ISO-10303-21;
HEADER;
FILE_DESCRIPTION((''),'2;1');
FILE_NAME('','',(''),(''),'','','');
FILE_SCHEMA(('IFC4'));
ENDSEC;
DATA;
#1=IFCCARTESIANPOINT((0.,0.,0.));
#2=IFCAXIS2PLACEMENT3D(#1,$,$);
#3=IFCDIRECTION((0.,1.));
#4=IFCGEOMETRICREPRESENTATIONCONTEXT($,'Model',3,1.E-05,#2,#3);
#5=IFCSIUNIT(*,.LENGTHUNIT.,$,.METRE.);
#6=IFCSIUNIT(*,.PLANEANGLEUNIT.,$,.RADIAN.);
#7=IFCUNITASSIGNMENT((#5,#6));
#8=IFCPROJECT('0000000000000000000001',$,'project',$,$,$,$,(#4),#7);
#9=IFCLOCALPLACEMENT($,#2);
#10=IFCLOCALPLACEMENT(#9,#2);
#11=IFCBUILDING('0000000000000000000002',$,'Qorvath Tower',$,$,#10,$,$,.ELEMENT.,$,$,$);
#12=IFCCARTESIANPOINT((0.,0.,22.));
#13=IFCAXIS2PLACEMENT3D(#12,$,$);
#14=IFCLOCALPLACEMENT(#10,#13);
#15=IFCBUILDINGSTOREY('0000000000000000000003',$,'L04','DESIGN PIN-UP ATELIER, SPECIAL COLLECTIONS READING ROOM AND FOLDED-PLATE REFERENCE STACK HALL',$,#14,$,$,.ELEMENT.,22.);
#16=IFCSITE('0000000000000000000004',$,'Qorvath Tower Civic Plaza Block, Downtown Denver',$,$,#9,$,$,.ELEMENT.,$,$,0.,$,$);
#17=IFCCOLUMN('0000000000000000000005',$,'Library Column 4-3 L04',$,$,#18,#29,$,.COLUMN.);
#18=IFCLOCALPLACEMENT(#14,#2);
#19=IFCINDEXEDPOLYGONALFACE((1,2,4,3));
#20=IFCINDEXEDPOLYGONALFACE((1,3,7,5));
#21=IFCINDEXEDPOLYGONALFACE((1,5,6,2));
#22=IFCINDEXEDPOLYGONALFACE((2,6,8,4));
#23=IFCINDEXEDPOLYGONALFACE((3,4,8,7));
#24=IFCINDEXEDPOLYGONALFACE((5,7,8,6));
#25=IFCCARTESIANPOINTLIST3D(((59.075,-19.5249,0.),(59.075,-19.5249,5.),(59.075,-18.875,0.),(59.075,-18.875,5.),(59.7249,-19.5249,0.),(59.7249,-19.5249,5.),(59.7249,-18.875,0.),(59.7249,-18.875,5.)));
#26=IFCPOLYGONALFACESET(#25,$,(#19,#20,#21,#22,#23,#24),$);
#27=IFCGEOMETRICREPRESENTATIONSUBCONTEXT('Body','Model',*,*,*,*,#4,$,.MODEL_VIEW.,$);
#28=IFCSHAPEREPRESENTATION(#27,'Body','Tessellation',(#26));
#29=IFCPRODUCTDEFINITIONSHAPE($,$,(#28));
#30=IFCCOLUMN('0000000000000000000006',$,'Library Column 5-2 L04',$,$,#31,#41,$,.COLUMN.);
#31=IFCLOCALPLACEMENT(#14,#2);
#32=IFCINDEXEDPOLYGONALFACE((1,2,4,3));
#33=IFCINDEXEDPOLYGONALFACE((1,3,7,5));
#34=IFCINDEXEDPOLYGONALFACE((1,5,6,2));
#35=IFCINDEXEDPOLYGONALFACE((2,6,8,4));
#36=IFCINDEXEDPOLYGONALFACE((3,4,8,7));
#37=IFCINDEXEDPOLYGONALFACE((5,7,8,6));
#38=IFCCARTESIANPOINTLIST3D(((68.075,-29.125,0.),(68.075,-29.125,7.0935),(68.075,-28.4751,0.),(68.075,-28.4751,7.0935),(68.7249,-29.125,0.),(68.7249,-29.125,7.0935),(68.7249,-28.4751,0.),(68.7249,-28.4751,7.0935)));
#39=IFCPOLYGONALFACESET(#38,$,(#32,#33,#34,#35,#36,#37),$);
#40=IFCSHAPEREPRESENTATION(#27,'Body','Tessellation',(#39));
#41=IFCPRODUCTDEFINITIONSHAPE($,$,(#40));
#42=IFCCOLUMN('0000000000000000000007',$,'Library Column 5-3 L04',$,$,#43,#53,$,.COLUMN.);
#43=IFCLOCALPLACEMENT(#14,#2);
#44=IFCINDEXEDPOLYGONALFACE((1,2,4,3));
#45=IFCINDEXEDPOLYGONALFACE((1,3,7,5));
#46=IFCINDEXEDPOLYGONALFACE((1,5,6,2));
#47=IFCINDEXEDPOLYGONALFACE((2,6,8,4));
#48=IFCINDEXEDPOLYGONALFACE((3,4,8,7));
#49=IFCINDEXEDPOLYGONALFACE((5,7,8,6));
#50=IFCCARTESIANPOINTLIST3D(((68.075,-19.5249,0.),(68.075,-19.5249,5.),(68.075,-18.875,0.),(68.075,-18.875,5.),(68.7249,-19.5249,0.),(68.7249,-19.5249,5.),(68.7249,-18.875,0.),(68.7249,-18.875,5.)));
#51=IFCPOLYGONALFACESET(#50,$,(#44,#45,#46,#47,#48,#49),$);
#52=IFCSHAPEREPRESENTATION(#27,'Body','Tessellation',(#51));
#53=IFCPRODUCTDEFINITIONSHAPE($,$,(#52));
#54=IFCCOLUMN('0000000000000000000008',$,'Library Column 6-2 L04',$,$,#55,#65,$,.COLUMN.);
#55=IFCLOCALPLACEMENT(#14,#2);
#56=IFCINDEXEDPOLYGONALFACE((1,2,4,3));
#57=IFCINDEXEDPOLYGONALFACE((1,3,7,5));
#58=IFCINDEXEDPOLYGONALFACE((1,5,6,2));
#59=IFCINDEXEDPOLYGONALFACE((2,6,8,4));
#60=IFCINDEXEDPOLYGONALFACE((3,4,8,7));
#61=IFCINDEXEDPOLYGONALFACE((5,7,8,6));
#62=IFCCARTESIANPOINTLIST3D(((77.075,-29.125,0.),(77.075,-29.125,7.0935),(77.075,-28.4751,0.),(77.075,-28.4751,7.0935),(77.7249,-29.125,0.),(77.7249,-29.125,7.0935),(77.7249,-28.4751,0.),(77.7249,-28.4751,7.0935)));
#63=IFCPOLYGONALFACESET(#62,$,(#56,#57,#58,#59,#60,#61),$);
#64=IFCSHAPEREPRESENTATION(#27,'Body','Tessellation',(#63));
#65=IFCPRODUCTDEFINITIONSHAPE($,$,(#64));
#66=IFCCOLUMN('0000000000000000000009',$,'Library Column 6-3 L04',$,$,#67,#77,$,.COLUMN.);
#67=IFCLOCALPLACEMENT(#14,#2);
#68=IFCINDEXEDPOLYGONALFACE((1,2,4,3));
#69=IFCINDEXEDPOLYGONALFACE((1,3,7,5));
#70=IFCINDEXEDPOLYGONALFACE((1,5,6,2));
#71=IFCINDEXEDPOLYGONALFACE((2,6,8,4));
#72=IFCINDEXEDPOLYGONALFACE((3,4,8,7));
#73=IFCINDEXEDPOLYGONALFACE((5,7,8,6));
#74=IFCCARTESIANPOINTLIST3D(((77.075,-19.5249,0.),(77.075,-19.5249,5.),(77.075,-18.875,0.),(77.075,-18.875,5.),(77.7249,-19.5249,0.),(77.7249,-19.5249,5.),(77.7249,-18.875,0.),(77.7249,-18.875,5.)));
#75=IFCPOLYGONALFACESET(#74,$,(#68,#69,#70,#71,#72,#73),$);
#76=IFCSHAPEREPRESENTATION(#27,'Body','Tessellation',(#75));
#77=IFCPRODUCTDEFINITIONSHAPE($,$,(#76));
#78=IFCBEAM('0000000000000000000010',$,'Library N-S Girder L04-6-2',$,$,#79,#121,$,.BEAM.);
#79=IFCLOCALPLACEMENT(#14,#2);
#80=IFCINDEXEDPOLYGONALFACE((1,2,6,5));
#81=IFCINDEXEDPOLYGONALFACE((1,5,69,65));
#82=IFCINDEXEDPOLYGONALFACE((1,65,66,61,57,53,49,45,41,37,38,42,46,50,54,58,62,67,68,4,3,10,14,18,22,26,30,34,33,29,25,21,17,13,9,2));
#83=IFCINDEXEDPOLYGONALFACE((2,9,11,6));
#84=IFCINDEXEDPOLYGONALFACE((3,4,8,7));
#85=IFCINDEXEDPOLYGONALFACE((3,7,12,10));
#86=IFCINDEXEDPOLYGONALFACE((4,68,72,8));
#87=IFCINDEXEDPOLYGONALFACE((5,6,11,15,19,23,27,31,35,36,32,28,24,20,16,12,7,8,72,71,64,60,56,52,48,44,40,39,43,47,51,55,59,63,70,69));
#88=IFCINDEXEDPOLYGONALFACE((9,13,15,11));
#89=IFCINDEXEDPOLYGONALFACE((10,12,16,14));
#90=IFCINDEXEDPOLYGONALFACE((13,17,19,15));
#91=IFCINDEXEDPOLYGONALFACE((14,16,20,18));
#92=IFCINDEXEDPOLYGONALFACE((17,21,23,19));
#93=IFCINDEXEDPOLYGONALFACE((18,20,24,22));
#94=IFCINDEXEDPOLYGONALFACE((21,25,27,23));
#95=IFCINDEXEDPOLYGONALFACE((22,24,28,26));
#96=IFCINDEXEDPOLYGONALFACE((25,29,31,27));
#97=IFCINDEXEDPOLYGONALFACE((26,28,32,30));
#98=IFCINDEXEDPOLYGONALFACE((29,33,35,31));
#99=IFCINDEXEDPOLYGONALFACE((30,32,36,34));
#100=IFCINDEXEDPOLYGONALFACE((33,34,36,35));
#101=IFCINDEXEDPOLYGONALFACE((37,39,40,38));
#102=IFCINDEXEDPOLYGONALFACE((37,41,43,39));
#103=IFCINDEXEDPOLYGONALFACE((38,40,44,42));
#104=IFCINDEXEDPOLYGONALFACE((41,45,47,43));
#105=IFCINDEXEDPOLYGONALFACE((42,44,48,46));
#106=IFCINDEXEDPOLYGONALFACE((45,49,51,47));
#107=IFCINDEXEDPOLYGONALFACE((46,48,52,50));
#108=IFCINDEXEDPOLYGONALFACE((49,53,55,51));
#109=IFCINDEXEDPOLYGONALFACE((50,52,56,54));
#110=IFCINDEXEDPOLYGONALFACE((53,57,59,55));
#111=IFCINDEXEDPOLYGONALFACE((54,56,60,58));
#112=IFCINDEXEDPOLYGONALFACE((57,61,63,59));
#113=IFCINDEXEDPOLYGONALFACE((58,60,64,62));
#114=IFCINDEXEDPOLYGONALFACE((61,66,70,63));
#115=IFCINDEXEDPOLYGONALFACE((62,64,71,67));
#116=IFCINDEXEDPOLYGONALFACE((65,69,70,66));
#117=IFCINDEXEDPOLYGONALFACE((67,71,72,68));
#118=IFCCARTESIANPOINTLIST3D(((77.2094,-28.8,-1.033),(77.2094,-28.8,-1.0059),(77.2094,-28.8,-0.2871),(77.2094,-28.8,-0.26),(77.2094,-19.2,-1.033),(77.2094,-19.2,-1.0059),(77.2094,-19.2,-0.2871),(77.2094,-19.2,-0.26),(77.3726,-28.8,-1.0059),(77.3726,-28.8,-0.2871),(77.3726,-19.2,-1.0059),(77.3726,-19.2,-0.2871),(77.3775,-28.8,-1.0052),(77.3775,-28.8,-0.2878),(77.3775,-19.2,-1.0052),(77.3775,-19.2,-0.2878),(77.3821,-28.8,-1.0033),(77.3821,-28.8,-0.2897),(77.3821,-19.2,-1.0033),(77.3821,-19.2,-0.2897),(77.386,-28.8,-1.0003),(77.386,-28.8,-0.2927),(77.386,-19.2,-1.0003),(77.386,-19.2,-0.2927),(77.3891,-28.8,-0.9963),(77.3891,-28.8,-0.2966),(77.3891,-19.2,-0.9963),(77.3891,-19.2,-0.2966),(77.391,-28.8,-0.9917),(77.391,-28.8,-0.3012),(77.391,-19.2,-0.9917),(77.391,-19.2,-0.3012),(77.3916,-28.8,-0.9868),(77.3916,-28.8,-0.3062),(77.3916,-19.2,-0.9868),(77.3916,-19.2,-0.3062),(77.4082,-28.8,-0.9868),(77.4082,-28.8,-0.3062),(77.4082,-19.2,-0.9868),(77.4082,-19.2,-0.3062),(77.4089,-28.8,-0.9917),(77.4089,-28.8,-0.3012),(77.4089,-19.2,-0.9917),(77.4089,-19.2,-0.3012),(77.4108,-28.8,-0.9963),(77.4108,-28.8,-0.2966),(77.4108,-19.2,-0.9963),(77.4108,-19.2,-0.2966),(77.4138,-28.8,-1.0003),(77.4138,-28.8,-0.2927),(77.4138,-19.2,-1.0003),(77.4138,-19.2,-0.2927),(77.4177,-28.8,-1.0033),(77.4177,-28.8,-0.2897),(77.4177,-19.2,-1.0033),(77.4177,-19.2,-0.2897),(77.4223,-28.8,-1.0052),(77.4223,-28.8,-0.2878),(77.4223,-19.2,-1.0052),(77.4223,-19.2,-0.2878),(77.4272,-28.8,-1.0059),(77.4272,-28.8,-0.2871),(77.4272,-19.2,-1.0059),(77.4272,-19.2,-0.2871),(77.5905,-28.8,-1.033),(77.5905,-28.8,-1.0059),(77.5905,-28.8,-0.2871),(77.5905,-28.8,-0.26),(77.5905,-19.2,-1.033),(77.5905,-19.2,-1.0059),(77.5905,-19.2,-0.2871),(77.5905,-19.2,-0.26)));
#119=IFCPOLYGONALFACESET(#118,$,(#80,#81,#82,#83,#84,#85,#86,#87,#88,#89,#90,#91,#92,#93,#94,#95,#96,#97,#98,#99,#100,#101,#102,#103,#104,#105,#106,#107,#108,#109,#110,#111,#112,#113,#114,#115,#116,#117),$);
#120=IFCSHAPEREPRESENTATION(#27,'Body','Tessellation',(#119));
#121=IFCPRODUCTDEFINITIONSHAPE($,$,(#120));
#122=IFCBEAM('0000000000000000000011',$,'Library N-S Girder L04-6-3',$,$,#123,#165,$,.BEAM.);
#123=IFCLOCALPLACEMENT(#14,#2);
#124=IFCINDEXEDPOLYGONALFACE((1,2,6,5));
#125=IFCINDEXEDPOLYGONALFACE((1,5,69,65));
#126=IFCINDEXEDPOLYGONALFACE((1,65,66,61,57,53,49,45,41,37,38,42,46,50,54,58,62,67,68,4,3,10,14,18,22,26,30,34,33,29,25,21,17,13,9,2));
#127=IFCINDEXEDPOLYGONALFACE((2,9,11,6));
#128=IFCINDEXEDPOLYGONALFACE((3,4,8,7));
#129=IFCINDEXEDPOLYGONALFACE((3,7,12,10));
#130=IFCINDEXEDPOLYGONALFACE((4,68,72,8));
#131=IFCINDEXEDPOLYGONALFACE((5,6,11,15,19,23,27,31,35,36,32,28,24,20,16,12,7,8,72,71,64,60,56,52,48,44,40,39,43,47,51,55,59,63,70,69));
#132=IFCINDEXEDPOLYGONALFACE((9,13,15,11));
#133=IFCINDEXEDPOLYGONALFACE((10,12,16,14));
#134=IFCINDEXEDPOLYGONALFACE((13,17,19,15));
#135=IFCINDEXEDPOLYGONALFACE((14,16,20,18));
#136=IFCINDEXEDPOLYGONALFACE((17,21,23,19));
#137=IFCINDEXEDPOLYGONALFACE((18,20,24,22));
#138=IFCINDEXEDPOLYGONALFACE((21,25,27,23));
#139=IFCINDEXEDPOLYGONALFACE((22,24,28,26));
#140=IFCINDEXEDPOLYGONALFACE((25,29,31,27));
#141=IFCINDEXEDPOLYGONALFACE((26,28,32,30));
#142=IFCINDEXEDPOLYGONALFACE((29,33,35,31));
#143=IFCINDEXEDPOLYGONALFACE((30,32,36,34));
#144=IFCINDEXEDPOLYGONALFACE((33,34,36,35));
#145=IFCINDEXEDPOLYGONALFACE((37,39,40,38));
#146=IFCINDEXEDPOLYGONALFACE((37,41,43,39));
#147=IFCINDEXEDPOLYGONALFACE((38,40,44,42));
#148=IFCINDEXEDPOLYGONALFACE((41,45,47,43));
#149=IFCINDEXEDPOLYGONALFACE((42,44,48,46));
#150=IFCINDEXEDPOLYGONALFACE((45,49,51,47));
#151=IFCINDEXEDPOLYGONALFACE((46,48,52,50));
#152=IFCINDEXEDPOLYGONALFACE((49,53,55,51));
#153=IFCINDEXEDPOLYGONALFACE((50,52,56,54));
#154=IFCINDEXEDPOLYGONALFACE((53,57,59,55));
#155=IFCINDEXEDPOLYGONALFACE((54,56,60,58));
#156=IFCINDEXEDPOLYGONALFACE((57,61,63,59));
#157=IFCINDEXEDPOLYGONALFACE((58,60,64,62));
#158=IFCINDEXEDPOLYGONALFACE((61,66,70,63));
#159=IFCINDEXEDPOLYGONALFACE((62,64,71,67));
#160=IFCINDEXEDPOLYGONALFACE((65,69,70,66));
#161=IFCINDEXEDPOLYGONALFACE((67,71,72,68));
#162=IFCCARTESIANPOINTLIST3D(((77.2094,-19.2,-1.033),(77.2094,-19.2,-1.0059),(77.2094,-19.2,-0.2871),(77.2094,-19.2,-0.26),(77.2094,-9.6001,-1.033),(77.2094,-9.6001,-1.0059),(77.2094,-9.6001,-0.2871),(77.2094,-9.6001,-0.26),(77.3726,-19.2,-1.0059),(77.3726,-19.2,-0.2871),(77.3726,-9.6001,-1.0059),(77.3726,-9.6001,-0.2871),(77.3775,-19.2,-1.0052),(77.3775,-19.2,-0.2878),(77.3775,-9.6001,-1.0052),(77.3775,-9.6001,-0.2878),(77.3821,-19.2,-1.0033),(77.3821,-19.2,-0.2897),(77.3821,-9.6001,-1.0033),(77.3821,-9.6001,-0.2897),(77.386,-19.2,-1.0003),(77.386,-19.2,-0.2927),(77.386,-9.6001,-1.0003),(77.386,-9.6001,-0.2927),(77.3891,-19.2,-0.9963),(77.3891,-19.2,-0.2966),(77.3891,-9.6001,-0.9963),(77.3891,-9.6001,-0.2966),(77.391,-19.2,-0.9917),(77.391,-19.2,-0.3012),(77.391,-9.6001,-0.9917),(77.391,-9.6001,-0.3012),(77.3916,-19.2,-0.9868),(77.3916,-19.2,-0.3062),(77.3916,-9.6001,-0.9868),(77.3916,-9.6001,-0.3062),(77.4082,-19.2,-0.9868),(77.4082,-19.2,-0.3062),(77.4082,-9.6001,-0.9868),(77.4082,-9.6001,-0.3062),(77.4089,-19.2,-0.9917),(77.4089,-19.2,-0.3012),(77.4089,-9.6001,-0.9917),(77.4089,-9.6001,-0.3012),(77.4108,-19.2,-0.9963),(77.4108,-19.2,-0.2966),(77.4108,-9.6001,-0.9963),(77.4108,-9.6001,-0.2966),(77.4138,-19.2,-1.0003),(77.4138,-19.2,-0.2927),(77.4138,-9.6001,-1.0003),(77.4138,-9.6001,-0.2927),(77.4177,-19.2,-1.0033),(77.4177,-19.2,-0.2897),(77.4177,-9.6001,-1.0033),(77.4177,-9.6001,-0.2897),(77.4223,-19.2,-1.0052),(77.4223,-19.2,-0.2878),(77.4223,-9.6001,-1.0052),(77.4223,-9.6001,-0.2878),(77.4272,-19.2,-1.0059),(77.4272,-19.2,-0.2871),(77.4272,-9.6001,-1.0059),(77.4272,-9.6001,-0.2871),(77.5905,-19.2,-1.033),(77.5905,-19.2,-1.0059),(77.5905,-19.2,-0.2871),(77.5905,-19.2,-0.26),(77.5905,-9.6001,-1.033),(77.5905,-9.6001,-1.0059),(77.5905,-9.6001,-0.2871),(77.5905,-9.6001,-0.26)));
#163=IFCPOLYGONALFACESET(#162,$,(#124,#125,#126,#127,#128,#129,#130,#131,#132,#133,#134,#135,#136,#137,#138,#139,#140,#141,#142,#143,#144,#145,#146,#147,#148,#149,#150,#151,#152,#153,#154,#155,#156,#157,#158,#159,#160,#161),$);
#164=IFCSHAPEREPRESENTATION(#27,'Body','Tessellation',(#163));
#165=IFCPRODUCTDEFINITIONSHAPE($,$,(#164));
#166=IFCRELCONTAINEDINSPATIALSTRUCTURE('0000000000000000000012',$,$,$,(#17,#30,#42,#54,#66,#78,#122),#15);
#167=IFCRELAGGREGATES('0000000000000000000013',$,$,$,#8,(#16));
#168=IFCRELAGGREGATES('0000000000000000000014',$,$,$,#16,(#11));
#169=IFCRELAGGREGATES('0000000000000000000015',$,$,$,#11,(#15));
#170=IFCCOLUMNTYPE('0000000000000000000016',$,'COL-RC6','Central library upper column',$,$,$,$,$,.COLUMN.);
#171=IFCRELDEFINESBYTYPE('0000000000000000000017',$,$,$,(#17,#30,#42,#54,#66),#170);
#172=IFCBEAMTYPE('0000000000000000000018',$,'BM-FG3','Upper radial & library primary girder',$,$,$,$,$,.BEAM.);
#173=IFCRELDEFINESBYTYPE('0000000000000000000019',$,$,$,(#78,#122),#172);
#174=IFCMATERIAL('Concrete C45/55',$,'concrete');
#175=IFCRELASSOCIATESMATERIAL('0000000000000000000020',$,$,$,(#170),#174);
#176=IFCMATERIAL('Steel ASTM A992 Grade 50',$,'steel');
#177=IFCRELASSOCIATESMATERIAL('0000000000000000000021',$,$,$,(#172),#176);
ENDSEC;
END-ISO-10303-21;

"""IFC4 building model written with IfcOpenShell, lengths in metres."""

from ifc_helpers import new_model, si_unit, direction, frame, origin, origin_2d, place, context, subcontext, project, spatial, rectangle, i_section, extrude, material, material_profile, profile_set, type_object, element, save


model = new_model("IFC4")

# Units and contexts
model_context = context("Model", 3, precision=1e-05, world=origin(), true_north=direction((0.0, 1.0)))
body_context = subcontext(model_context, "Body", "Model", "MODEL_VIEW")
ifc_project = project(units=[si_unit("LENGTHUNIT", "METRE"), si_unit("PLANEANGLEUNIT", "RADIAN")], contexts=[model_context])

# Site, building, storey
site_placement = place(None, origin())
site = spatial("IfcSite", under=ifc_project, at=site_placement, Name="Qorvath Tower Civic Plaza Block, Downtown Denver", CompositionType="ELEMENT", RefElevation=0.0)
building_placement = place(site_placement, origin())
building = spatial("IfcBuilding", under=site, at=building_placement, Name="Qorvath Tower", CompositionType="ELEMENT")
storey_placement = place(building_placement, frame((0.0, 0.0, 22.0)))
storey = spatial("IfcBuildingStorey", under=building, at=storey_placement, Name="L04", Description="DESIGN PIN-UP ATELIER, SPECIAL COLLECTIONS READING ROOM AND FOLDED-PLATE REFERENCE STACK HALL", CompositionType="ELEMENT", Elevation=22.0)

# Columns
ifc_material_1 = material(Name="Concrete C45/55", Category="concrete")
ifc_material_profile_1 = material_profile(ifc_material_1, rectangle(XDim=0.6499, YDim=0.6499, at=origin_2d()), Name="RC 650x650")
ifc_profile_set_1 = profile_set([ifc_material_profile_1], Name="Concrete C45/55")
column_type = type_object("IfcColumnType", Name="COL-RC6", Description="Central library upper column", PredefinedType="COLUMN", material=ifc_profile_set_1)
column_1_placement = place(storey_placement, frame((59.3999, -19.2, 0.0), z_axis=(0.0, 0.0, 1.0), x_axis=(1.0, 0.0, 0.0)))
element("IfcColumn", 1, at=column_1_placement, inside=storey, type_object=column_type, Name="Library Column 4-3 L04", PredefinedType="COLUMN", context=body_context, shape_type="SweptSolid", body=[
    extrude(rectangle(XDim=0.6499, YDim=0.6499, at=origin_2d()), origin(), (0.0, 0.0, 1.0), 5.0),
])
column_2_placement = place(storey_placement, frame((68.3999, -28.8, 0.0), z_axis=(0.0, 0.0, 1.0), x_axis=(1.0, 0.0, 0.0)))
element("IfcColumn", 2, at=column_2_placement, inside=storey, type_object=column_type, Name="Library Column 5-2 L04", PredefinedType="COLUMN", context=body_context, shape_type="SweptSolid", body=[
    extrude(rectangle(XDim=0.6499, YDim=0.6499, at=origin_2d()), origin(), (0.0, 0.0, 1.0), 7.0935),
])
column_3_placement = place(storey_placement, frame((68.3999, -19.2, 0.0), z_axis=(0.0, 0.0, 1.0), x_axis=(1.0, 0.0, 0.0)))
element("IfcColumn", 3, at=column_3_placement, inside=storey, type_object=column_type, Name="Library Column 5-3 L04", PredefinedType="COLUMN", context=body_context, shape_type="SweptSolid", body=[
    extrude(rectangle(XDim=0.6499, YDim=0.6499, at=origin_2d()), origin(), (0.0, 0.0, 1.0), 5.0),
])
column_4_placement = place(storey_placement, frame((77.3999, -28.8, 0.0), z_axis=(0.0, 0.0, 1.0), x_axis=(1.0, 0.0, 0.0)))
element("IfcColumn", 4, at=column_4_placement, inside=storey, type_object=column_type, Name="Library Column 6-2 L04", PredefinedType="COLUMN", context=body_context, shape_type="SweptSolid", body=[
    extrude(rectangle(XDim=0.6499, YDim=0.6499, at=origin_2d()), origin(), (0.0, 0.0, 1.0), 7.0935),
])
column_5_placement = place(storey_placement, frame((77.3999, -19.2, 0.0), z_axis=(0.0, 0.0, 1.0), x_axis=(1.0, 0.0, 0.0)))
element("IfcColumn", 5, at=column_5_placement, inside=storey, type_object=column_type, Name="Library Column 6-3 L04", PredefinedType="COLUMN", context=body_context, shape_type="SweptSolid", body=[
    extrude(rectangle(XDim=0.6499, YDim=0.6499, at=origin_2d()), origin(), (0.0, 0.0, 1.0), 5.0),
])

# Beams
ifc_material_2 = material(Name="Steel ASTM A992 Grade 50", Category="steel")
ifc_material_profile_2 = material_profile(ifc_material_2, i_section(OverallWidth=0.3811, OverallDepth=0.7729, WebThickness=0.0166, FlangeThickness=0.0271, FilletRadius=0.019, at=origin_2d()), Name="W30x173")
ifc_profile_set_2 = profile_set([ifc_material_profile_2], Name="Steel ASTM A992 Grade 50")
beam_type_1 = type_object("IfcBeamType", Name="BM-FG3", Description="Upper radial & library primary girder", PredefinedType="BEAM", material=ifc_profile_set_2)
beam_1_placement = place(storey_placement, frame((77.3999, -28.8, -0.6465), z_axis=(0.0, 1.0, 0.0), x_axis=(-1.0, 0.0, 0.0)))
element("IfcBeam", 6, at=beam_1_placement, inside=storey, type_object=beam_type_1, Name="Library N-S Girder L04-6-2", PredefinedType="BEAM", context=body_context, shape_type="SweptSolid", body=[
    extrude(i_section(OverallWidth=0.3811, OverallDepth=0.7729, WebThickness=0.0166, FlangeThickness=0.0271, FilletRadius=0.019, at=origin_2d()), origin(), (0.0, 0.0, 1.0), 9.6001),
])
beam_2_placement = place(storey_placement, frame((77.3999, -19.2, -0.6465), z_axis=(0.0, 1.0, 0.0), x_axis=(-1.0, 0.0, 0.0)))
element("IfcBeam", 7, at=beam_2_placement, inside=storey, type_object=beam_type_1, Name="Library N-S Girder L04-6-3", PredefinedType="BEAM", context=body_context, shape_type="SweptSolid", body=[
    extrude(i_section(OverallWidth=0.3811, OverallDepth=0.7729, WebThickness=0.0166, FlangeThickness=0.0271, FilletRadius=0.019, at=origin_2d()), origin(), (0.0, 0.0, 1.0), 9.5999),
])

save(model, "model.ifc")
